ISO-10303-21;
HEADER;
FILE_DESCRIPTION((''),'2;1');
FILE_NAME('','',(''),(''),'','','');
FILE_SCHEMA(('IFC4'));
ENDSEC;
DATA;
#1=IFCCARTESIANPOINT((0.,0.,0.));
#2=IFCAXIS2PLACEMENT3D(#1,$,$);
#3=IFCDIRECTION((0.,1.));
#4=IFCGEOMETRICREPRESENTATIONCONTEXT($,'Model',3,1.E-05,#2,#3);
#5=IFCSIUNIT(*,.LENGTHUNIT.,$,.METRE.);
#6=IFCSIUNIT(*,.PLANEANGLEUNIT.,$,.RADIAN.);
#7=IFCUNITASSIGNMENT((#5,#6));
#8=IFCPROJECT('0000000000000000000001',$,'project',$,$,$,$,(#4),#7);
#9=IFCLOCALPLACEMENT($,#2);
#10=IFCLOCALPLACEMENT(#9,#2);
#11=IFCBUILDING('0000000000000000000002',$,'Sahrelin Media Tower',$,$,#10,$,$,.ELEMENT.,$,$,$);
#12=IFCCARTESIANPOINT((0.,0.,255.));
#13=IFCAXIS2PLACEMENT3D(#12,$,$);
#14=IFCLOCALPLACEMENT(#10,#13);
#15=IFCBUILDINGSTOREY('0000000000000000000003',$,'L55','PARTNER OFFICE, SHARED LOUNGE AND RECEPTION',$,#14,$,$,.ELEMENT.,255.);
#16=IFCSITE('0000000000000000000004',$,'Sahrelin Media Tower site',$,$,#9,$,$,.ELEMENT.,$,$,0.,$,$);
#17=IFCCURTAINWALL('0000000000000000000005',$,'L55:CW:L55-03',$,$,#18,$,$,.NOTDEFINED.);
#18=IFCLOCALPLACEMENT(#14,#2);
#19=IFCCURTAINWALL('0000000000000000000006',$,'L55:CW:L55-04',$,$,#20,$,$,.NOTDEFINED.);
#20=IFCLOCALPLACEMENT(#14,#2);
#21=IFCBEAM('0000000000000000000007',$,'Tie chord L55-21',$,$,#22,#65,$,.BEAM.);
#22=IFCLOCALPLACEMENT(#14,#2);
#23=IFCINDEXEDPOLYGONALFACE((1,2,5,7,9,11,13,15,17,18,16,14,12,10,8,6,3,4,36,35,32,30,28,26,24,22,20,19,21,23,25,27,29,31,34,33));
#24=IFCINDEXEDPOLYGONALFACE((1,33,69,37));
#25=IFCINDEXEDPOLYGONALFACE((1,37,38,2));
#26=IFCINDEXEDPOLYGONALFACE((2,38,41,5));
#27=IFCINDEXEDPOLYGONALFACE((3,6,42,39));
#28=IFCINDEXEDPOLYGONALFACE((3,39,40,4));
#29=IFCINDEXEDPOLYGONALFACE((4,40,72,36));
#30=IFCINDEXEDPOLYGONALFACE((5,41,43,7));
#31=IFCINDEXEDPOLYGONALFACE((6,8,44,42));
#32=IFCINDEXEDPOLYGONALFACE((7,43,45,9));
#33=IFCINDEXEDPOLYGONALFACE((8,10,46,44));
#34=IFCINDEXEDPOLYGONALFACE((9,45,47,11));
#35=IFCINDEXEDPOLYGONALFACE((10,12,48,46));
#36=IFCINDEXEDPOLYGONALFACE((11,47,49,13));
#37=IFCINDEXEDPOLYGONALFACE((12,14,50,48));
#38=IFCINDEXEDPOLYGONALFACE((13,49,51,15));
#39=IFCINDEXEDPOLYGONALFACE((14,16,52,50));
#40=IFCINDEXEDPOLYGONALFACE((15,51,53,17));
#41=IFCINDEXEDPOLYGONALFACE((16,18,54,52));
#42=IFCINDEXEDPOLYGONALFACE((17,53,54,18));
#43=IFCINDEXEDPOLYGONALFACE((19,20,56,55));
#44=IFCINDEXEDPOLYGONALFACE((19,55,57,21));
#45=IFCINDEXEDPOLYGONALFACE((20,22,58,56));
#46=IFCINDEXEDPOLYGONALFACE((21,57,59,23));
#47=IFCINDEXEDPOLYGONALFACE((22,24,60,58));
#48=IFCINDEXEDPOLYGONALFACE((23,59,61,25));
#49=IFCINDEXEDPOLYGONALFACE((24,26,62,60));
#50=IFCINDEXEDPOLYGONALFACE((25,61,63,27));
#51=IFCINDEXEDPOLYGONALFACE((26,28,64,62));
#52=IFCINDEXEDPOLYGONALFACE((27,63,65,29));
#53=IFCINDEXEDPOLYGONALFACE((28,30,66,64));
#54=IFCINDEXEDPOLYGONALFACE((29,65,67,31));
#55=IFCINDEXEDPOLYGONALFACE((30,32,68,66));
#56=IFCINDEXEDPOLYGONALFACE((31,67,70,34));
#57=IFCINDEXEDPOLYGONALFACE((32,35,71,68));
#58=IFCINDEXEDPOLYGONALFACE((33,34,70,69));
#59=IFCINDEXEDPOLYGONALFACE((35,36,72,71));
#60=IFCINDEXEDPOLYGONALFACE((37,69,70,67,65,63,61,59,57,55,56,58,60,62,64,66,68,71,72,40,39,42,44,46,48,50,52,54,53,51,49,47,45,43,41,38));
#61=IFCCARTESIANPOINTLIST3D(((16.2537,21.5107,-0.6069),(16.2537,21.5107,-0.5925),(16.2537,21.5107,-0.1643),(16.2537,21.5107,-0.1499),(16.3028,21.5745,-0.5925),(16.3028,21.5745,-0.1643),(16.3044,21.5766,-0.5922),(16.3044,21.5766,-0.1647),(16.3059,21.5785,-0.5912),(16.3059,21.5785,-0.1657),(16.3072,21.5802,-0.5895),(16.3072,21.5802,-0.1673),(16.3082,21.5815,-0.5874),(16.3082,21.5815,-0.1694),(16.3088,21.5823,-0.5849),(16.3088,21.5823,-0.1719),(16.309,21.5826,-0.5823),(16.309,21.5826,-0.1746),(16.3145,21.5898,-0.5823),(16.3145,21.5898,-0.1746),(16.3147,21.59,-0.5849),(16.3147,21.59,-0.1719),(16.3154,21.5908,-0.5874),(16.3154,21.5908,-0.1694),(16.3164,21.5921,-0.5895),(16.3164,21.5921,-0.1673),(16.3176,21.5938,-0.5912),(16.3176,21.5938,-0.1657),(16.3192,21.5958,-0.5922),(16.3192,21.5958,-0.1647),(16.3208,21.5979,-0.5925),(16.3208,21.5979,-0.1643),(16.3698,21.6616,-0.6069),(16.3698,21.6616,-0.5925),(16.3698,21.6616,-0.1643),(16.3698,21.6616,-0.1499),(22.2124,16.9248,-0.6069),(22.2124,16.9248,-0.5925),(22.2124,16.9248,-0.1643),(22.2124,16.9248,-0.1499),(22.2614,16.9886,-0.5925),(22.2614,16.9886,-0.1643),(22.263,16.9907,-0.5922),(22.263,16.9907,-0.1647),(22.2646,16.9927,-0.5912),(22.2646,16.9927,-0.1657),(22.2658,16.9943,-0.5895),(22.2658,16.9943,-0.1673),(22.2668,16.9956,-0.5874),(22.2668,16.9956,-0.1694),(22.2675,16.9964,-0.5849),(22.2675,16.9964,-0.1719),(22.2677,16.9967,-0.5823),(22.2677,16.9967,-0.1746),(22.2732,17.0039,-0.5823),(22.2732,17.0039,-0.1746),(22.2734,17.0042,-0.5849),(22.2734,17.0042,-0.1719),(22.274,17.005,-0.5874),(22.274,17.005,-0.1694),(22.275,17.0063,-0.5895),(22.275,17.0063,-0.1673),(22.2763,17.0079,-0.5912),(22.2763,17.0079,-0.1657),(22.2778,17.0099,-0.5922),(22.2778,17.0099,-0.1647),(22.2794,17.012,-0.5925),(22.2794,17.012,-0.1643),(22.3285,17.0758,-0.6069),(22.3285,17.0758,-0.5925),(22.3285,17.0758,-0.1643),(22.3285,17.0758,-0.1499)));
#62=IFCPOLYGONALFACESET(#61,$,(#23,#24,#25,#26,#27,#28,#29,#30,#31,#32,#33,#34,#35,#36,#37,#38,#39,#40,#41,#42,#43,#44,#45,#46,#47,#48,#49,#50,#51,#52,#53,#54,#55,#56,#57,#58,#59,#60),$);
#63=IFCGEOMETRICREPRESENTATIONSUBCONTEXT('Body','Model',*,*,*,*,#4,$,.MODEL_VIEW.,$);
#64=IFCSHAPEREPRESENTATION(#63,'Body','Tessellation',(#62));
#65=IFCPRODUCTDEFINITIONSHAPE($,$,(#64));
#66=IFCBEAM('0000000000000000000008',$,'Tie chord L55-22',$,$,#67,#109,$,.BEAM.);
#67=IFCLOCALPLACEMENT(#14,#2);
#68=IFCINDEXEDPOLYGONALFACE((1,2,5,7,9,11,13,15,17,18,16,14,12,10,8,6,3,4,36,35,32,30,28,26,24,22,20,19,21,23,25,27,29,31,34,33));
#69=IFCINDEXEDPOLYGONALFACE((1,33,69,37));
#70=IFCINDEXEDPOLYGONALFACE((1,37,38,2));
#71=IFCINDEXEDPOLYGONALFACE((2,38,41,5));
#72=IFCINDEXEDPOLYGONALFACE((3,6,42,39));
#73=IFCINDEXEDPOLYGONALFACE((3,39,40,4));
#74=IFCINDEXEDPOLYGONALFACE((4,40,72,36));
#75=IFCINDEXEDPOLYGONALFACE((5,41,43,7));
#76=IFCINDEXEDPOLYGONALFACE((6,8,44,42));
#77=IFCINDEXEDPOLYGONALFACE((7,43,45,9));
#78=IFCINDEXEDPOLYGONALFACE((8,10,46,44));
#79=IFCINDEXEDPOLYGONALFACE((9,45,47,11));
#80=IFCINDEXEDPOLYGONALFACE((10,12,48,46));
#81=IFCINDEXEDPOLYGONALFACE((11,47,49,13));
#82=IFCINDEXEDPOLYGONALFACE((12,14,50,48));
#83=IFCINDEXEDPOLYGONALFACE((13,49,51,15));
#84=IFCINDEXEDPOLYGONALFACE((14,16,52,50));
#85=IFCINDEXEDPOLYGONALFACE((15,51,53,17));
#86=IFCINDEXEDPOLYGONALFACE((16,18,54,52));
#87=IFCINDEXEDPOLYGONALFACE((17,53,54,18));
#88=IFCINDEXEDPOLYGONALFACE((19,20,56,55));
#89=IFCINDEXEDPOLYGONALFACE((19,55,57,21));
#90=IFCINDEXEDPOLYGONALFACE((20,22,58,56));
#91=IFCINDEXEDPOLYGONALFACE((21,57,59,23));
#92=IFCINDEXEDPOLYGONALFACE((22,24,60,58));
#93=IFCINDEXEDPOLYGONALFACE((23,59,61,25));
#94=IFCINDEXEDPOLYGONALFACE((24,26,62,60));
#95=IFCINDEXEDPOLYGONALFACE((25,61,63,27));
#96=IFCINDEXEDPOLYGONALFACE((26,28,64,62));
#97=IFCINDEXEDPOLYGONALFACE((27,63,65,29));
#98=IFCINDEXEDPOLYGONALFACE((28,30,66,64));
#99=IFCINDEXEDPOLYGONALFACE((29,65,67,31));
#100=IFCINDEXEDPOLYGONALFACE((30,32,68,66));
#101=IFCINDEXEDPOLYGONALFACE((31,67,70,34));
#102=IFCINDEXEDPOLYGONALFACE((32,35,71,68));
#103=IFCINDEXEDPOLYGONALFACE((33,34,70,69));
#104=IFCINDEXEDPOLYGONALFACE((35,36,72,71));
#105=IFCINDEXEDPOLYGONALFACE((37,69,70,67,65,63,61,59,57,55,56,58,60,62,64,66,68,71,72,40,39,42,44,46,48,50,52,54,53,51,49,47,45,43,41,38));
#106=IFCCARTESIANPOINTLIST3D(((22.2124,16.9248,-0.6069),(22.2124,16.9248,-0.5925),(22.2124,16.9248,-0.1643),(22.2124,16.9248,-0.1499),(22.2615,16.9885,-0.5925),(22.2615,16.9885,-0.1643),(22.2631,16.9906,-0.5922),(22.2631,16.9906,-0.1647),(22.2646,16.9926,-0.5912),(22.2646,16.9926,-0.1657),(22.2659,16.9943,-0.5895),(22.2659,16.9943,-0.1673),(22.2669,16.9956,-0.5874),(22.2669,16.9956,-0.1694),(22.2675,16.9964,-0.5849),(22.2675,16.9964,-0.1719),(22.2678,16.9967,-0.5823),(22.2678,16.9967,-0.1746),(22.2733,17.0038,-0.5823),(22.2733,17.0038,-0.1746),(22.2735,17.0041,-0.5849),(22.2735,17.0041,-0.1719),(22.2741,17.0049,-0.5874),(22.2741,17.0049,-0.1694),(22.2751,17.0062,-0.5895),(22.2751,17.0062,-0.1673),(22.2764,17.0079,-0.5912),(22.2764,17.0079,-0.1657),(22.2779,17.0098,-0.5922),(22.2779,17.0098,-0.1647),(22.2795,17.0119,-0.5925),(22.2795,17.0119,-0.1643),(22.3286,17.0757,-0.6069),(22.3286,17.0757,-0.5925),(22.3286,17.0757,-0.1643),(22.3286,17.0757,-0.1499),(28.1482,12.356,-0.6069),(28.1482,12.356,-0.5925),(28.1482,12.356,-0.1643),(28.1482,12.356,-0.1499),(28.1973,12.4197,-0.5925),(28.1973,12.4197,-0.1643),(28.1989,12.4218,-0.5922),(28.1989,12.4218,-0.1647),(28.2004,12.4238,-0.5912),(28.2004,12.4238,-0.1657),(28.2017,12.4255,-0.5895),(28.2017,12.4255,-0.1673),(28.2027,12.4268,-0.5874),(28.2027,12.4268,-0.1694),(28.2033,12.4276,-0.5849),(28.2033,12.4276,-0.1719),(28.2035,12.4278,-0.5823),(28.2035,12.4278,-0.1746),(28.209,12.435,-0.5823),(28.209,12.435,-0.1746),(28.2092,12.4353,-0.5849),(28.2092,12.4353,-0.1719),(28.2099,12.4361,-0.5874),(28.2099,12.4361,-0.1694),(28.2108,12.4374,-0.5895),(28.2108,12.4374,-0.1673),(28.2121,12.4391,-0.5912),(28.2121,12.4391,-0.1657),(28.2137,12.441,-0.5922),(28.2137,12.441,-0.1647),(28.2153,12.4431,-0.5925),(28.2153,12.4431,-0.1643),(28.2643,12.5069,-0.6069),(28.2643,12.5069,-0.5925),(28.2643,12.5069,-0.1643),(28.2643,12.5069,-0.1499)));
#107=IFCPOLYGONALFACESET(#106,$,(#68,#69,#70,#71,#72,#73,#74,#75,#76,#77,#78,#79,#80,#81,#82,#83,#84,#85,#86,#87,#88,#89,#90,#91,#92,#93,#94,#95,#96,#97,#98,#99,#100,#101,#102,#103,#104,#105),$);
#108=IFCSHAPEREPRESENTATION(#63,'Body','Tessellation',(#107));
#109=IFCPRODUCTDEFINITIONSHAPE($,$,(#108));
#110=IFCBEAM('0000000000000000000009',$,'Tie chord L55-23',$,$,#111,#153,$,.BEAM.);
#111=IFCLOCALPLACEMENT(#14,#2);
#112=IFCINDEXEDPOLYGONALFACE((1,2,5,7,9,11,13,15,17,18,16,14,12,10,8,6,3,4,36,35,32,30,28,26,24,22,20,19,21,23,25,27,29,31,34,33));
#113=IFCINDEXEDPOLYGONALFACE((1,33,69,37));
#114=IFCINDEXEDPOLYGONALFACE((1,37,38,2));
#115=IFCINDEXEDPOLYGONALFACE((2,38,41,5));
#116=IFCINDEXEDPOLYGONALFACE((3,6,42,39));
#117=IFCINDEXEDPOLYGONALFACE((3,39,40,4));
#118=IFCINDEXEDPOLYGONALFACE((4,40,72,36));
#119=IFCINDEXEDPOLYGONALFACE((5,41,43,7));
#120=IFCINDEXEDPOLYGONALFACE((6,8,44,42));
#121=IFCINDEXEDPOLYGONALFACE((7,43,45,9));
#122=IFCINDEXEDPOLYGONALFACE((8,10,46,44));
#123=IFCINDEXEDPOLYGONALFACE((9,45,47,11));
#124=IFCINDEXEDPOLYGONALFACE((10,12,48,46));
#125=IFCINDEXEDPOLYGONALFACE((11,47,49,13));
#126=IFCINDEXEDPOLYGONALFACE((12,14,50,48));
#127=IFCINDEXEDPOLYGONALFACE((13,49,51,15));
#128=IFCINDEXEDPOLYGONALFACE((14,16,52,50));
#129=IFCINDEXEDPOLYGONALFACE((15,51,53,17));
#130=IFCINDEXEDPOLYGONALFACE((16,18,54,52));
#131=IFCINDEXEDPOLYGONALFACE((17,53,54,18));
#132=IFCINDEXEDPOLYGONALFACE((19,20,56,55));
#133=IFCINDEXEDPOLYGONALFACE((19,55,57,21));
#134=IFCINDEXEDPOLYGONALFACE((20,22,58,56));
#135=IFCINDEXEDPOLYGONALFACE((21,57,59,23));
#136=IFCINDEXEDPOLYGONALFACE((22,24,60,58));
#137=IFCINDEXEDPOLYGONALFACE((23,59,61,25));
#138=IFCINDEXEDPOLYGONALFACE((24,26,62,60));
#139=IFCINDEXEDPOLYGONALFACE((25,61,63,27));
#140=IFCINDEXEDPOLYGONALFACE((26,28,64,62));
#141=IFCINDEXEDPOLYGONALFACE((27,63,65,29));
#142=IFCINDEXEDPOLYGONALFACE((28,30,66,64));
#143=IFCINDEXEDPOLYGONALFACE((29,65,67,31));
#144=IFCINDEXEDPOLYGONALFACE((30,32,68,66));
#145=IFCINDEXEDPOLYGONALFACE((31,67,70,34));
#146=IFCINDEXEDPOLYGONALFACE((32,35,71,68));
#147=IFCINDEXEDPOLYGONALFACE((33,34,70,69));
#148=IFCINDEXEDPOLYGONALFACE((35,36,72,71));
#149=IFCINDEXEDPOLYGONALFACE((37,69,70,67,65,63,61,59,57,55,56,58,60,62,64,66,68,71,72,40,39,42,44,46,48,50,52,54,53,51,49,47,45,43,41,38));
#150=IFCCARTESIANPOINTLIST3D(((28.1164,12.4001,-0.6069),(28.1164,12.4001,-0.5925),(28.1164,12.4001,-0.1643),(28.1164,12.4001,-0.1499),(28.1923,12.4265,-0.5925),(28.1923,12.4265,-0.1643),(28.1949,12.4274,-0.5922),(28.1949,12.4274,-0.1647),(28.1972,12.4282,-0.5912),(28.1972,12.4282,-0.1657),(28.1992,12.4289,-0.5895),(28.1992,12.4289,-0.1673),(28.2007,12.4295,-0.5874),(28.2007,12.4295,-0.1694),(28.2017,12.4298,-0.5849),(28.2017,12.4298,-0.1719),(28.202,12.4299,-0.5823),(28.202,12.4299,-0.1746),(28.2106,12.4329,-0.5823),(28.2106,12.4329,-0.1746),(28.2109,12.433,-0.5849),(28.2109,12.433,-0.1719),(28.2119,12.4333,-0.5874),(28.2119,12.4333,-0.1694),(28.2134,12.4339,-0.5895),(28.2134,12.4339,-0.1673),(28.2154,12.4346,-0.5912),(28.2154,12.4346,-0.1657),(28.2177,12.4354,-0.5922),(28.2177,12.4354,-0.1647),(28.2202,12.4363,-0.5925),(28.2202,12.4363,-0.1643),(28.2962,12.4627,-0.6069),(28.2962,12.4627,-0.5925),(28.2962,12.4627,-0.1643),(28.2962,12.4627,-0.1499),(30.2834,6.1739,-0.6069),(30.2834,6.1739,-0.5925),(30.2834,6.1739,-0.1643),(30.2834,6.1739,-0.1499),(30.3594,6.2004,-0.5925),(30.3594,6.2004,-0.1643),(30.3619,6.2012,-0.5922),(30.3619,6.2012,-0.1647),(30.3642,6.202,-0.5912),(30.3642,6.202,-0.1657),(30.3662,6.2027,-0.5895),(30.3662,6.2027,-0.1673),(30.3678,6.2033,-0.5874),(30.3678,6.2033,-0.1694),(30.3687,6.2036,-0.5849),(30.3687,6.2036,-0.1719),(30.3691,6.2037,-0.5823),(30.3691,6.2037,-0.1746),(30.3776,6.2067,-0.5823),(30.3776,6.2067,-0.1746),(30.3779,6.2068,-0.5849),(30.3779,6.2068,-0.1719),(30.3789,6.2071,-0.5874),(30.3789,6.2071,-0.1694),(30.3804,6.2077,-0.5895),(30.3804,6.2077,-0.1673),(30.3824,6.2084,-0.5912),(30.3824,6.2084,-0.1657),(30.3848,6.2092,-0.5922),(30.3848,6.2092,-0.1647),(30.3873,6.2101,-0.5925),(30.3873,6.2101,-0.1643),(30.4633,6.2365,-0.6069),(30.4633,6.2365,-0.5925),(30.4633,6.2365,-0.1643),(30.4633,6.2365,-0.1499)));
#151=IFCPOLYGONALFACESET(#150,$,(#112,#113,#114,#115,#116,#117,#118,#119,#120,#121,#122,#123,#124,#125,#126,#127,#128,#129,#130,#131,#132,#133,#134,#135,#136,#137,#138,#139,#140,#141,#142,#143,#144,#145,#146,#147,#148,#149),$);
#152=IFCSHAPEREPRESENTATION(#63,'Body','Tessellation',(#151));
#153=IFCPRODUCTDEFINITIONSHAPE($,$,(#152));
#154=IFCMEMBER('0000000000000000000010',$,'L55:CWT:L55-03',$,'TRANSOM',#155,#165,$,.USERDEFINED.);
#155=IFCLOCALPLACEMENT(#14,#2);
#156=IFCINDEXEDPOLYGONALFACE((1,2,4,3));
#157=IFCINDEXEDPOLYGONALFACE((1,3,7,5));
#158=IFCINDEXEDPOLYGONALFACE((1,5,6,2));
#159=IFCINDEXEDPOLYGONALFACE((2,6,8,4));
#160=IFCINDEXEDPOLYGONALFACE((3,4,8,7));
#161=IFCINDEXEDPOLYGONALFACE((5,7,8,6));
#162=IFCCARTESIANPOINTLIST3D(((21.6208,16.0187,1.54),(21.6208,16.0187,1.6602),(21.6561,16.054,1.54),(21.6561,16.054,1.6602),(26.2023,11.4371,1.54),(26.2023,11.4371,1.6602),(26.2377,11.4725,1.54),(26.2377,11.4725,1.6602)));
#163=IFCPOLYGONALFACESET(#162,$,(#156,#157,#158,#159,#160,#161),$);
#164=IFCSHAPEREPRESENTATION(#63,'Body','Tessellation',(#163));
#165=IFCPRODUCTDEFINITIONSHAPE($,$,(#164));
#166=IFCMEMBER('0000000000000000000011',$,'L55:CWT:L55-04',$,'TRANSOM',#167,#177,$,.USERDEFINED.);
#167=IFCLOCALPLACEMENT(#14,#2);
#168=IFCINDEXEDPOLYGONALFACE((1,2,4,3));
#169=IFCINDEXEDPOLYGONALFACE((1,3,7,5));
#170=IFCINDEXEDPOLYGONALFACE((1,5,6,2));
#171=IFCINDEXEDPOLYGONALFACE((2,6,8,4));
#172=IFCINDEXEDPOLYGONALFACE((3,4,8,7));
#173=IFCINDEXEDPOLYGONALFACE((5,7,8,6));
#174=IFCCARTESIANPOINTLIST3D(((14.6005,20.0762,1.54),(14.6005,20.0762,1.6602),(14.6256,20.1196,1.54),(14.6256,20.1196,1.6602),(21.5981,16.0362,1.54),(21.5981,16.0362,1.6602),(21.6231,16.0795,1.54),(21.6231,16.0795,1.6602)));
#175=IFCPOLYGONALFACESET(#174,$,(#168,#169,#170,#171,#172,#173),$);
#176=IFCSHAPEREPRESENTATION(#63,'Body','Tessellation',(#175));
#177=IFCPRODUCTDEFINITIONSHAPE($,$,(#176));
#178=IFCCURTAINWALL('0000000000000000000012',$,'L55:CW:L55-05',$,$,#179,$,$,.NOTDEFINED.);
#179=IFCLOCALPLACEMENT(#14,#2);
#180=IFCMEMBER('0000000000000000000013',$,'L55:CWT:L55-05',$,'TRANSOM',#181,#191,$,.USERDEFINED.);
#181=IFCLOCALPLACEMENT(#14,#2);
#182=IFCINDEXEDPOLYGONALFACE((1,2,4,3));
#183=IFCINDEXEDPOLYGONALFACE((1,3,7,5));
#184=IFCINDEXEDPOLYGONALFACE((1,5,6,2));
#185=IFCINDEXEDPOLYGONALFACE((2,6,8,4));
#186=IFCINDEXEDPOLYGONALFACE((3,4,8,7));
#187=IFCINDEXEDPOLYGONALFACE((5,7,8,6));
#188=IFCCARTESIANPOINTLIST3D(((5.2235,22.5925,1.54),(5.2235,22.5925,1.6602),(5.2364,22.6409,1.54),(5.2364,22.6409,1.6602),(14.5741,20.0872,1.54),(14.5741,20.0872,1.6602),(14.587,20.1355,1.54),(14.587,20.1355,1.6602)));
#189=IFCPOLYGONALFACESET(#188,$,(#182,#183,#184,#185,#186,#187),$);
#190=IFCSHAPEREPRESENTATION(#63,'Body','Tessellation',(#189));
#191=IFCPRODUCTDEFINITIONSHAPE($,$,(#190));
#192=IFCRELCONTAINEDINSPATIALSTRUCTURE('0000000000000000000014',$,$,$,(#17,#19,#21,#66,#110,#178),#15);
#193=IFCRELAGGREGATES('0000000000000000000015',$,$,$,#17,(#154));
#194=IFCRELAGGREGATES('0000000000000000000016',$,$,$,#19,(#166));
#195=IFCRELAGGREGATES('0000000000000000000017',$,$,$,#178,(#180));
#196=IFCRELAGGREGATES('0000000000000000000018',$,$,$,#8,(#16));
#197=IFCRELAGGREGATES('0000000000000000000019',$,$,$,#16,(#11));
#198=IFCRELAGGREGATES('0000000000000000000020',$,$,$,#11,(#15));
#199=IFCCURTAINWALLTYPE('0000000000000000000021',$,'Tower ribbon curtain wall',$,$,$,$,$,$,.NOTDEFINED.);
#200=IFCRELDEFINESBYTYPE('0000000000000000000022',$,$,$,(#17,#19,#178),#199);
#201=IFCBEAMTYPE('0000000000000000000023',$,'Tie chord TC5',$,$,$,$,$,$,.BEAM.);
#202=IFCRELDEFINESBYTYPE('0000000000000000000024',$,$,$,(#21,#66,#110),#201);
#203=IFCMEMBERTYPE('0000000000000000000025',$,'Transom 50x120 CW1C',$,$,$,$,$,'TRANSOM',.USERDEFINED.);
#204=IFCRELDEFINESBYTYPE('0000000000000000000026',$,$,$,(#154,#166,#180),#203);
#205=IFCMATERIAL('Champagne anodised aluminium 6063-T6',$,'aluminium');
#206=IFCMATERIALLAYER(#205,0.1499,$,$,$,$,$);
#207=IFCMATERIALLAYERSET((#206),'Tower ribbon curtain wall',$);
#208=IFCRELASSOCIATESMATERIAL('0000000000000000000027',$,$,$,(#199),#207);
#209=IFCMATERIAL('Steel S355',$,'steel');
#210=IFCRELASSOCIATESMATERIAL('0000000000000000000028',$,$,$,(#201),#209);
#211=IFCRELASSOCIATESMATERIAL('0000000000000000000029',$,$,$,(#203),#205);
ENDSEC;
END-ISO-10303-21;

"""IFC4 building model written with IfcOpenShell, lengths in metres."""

from ifc_helpers import new_model, si_unit, direction, frame, origin, origin_2d, place, context, subcontext, project, spatial, rectangle, i_section, extrude, material, layer, layer_set, material_profile, profile_set, type_object, element, aggregate, save


model = new_model("IFC4")

# Units and contexts
model_context = context("Model", 3, precision=1e-05, world=origin(), true_north=direction((0.0, 1.0)))
body_context = subcontext(model_context, "Body", "Model", "MODEL_VIEW")
ifc_project = project(units=[si_unit("LENGTHUNIT", "METRE"), si_unit("PLANEANGLEUNIT", "RADIAN")], contexts=[model_context])

# Site, building, storey
site_placement = place(None, origin())
site = spatial("IfcSite", under=ifc_project, at=site_placement, Name="Sahrelin Media Tower site", CompositionType="ELEMENT", RefElevation=0.0)
building_placement = place(site_placement, origin())
building = spatial("IfcBuilding", under=site, at=building_placement, Name="Sahrelin Media Tower", CompositionType="ELEMENT")
storey_placement = place(building_placement, frame((0.0, 0.0, 255.0)))
storey = spatial("IfcBuildingStorey", under=building, at=storey_placement, Name="L55", Description="PARTNER OFFICE, SHARED LOUNGE AND RECEPTION", CompositionType="ELEMENT", Elevation=255.0)

# Shared definitions
ifc_material_1 = material(Name="Steel S355", Category="steel")

# Curtain walls
ifc_material_2 = material(Name="Champagne anodised aluminium 6063-T6", Category="aluminium")
ifc_layer_1 = layer(ifc_material_2, 0.1499)
ifc_layer_set_1 = layer_set([ifc_layer_1], Name="Tower ribbon curtain wall")
curtain_wall_type = type_object("IfcCurtainWallType", Name="Tower ribbon curtain wall", PredefinedType="NOTDEFINED", material=ifc_layer_set_1)
curtain_wall_1_placement = place(storey_placement, frame((24.1023, 13.9189, 0.0), z_axis=(0.0, 0.0, 1.0), x_axis=(1.0, 0.0, 0.0)))
curtain_wall_1 = element("IfcCurtainWall", 1, at=curtain_wall_1_placement, inside=storey, type_object=curtain_wall_type, Name="L55:CW:L55-03", PredefinedType="NOTDEFINED")
curtain_wall_2_placement = place(storey_placement, frame((18.2344, 18.29, 0.0), z_axis=(0.0, 0.0, 1.0), x_axis=(1.0, 0.0, 0.0)))
curtain_wall_2 = element("IfcCurtainWall", 2, at=curtain_wall_2_placement, inside=storey, type_object=curtain_wall_type, Name="L55:CW:L55-04", PredefinedType="NOTDEFINED")

# Beams
ifc_material_profile_1 = material_profile(ifc_material_1, i_section(OverallWidth=0.1904, OverallDepth=0.457, WebThickness=0.009, FlangeThickness=0.0144, FilletRadius=0.0103, at=origin_2d()), Name="UB 457x191x74")
ifc_profile_set_1 = profile_set([ifc_material_profile_1], Name="Steel S355")
beam_type_1 = type_object("IfcBeamType", Name="Tie chord TC5", PredefinedType="BEAM", material=ifc_profile_set_1)
beam_1_placement = place(storey_placement, frame((16.3118, 21.5862, -0.3784), z_axis=(0.792477, -0.609902, 0.0), x_axis=(0.609902, 0.792477, 0.0)))
element("IfcBeam", 3, at=beam_1_placement, inside=storey, type_object=beam_type_1, Name="Tie chord L55-21", PredefinedType="BEAM", context=body_context, shape_type="SweptSolid", body=[
    extrude(i_section(OverallWidth=0.1904, OverallDepth=0.457, WebThickness=0.009, FlangeThickness=0.0144, FilletRadius=0.0103, at=origin_2d()), origin(), (0.0, 0.0, 1.0), 7.519),
])
beam_2_placement = place(storey_placement, frame((22.2705, 17.0002, -0.3784), z_axis=(0.79244, -0.60995, 0.0), x_axis=(0.60995, 0.79244, 0.0)))
element("IfcBeam", 4, at=beam_2_placement, inside=storey, type_object=beam_type_1, Name="Tie chord L55-22", PredefinedType="BEAM", context=body_context, shape_type="SweptSolid", body=[
    extrude(i_section(OverallWidth=0.1904, OverallDepth=0.457, WebThickness=0.009, FlangeThickness=0.0144, FilletRadius=0.0103, at=origin_2d()), origin(), (0.0, 0.0, 1.0), 7.4905),
])
beam_3_placement = place(storey_placement, frame((28.2063, 12.4314, -0.3784), z_axis=(0.32871, -0.944431, 0.0), x_axis=(0.944431, 0.32871, 0.0)))
element("IfcBeam", 5, at=beam_3_placement, inside=storey, type_object=beam_type_1, Name="Tie chord L55-23", PredefinedType="BEAM", context=body_context, shape_type="SweptSolid", body=[
    extrude(i_section(OverallWidth=0.1904, OverallDepth=0.457, WebThickness=0.009, FlangeThickness=0.0144, FilletRadius=0.0103, at=origin_2d()), origin(), (0.0, 0.0, 1.0), 6.5925),
])

# Members
ifc_material_profile_2 = material_profile(ifc_material_2, rectangle(XDim=0.05, YDim=0.1201, at=origin_2d()), Name="Transom 50x120")
ifc_profile_set_2 = profile_set([ifc_material_profile_2], Name="Champagne anodised aluminium 6063-T6")
member_type_1 = type_object("IfcMemberType", Name="Transom 50x120 CW1C", ElementType="TRANSOM", PredefinedType="USERDEFINED", material=ifc_profile_set_2)
member_1_placement = place(storey_placement, frame((26.22, 11.4548, 1.6001), z_axis=(-0.707107, 0.707107, 0.0), x_axis=(-0.707107, -0.707107, 0.0)))
member_1 = element("IfcMember", 6, at=member_1_placement, type_object=member_type_1, Name="L55:CWT:L55-03", ObjectType="TRANSOM", PredefinedType="USERDEFINED", context=body_context, shape_type="SweptSolid", body=[
    extrude(rectangle(XDim=0.05, YDim=0.1201, at=origin_2d()), origin(), (0.0, 0.0, 1.0), 6.4792),
])
member_2_placement = place(storey_placement, frame((21.6106, 16.0579, 1.6001), z_axis=(-0.866026, 0.5, 0.0), x_axis=(-0.5, -0.866026, 0.0)))
member_2 = element("IfcMember", 7, at=member_2_placement, type_object=member_type_1, Name="L55:CWT:L55-04", ObjectType="TRANSOM", PredefinedType="USERDEFINED", context=body_context, shape_type="SweptSolid", body=[
    extrude(rectangle(XDim=0.05, YDim=0.1201, at=origin_2d()), origin(), (0.0, 0.0, 1.0), 8.0801),
])

# Curtain wall, member
curtain_wall_3_placement = place(storey_placement, frame((9.9688, 21.6006, 0.0), z_axis=(0.0, 0.0, 1.0), x_axis=(1.0, 0.0, 0.0)))
curtain_wall_3 = element("IfcCurtainWall", 8, at=curtain_wall_3_placement, inside=storey, type_object=curtain_wall_type, Name="L55:CW:L55-05", PredefinedType="NOTDEFINED")
member_3_placement = place(storey_placement, frame((14.5806, 20.1113, 1.6001), z_axis=(-0.965929, 0.258808, 0.0), x_axis=(-0.258808, -0.965929, 0.0)))
member_3 = element("IfcMember", 9, at=member_3_placement, type_object=member_type_1, Name="L55:CWT:L55-05", ObjectType="TRANSOM", PredefinedType="USERDEFINED", context=body_context, shape_type="SweptSolid", body=[
    extrude(rectangle(XDim=0.05, YDim=0.1201, at=origin_2d()), origin(), (0.0, 0.0, 1.0), 9.6804),
])

aggregate(curtain_wall_1, [member_1])
aggregate(curtain_wall_2, [member_2])
aggregate(curtain_wall_3, [member_3])

save(model, "model.ifc")
